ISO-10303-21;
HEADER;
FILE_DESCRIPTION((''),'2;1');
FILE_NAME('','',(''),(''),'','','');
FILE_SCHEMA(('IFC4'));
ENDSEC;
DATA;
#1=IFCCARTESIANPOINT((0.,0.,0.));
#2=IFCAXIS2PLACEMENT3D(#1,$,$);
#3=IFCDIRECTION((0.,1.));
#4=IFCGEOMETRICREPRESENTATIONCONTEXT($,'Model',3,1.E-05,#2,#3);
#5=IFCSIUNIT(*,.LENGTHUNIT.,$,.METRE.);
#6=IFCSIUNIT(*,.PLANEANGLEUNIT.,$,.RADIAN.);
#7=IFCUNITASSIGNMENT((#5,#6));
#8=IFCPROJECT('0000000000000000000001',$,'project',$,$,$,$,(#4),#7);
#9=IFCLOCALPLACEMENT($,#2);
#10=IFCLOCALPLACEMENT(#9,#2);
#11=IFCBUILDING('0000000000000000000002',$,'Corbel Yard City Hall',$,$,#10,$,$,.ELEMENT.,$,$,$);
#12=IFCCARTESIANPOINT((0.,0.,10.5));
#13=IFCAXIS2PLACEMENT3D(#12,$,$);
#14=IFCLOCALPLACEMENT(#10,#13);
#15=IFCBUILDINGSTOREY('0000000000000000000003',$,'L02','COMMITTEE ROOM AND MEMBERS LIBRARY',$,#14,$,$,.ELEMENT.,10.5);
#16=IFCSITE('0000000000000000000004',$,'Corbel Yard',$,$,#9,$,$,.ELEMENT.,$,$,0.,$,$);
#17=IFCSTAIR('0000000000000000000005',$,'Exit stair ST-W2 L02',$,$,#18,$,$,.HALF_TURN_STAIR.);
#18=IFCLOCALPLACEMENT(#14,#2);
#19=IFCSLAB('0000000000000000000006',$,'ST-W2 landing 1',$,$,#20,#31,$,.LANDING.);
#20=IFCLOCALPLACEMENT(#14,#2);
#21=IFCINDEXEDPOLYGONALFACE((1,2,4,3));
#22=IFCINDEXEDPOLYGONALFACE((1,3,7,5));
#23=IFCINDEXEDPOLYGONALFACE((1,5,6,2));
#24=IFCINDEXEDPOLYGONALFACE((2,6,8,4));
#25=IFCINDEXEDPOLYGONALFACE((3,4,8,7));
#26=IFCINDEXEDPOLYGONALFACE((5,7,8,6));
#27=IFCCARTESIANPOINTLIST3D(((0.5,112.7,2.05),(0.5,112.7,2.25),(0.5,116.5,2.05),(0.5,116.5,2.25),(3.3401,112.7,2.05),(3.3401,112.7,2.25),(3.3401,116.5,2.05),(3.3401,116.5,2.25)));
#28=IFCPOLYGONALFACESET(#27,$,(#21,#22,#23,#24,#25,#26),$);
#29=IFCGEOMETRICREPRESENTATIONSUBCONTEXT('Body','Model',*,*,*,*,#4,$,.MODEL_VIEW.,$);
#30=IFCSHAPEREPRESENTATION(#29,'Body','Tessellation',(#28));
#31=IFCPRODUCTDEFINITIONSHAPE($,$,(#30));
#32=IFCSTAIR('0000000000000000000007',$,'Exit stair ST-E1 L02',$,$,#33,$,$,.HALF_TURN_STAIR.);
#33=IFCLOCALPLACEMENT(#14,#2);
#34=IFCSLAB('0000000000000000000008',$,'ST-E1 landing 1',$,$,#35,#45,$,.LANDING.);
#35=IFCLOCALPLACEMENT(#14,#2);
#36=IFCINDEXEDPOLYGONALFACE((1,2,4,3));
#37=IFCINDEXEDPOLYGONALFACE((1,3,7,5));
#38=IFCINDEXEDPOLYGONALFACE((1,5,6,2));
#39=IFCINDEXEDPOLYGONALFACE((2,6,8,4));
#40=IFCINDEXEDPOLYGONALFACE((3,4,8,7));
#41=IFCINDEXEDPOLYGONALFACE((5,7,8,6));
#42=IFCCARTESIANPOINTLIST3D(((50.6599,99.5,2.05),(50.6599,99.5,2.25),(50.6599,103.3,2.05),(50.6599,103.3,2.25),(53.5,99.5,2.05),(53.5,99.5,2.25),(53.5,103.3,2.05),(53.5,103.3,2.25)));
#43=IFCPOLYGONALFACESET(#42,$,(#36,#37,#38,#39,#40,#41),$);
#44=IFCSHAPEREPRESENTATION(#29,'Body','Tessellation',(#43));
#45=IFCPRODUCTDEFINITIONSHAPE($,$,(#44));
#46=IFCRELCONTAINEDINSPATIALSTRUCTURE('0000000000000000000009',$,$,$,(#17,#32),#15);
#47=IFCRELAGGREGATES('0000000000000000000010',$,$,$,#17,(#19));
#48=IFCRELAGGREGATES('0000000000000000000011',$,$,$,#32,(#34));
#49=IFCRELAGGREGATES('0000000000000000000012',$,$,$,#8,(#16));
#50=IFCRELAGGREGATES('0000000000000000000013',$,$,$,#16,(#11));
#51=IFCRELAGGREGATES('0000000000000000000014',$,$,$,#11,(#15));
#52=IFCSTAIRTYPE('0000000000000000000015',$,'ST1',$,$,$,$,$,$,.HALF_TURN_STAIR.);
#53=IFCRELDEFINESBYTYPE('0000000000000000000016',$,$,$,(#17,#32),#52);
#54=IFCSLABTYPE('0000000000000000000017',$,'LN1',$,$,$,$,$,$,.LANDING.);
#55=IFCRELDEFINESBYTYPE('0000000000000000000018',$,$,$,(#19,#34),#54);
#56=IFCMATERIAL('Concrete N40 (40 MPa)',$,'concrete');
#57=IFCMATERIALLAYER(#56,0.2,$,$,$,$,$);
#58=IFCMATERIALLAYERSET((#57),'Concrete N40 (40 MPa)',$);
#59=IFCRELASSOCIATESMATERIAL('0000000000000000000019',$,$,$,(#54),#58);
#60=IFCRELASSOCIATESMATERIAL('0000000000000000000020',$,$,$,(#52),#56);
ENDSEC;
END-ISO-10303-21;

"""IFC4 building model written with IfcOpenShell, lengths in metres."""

from ifc_helpers import new_model, si_unit, direction, frame, origin, place, context, subcontext, project, spatial, polyline, outline, extrude, material, layer, layer_set, type_object, element, aggregate, save


model = new_model("IFC4")

# Units and contexts
model_context = context("Model", 3, precision=1e-05, world=origin(), true_north=direction((0.0, 1.0)))
body_context = subcontext(model_context, "Body", "Model", "MODEL_VIEW")
ifc_project = project(units=[si_unit("LENGTHUNIT", "METRE"), si_unit("PLANEANGLEUNIT", "RADIAN")], contexts=[model_context])

# Site, building, storey
site_placement = place(None, origin())
site = spatial("IfcSite", under=ifc_project, at=site_placement, Name="Corbel Yard", CompositionType="ELEMENT", RefElevation=0.0)
building_placement = place(site_placement, origin())
building = spatial("IfcBuilding", under=site, at=building_placement, Name="Corbel Yard City Hall", CompositionType="ELEMENT")
storey_placement = place(building_placement, frame((0.0, 0.0, 10.5)))
storey = spatial("IfcBuildingStorey", under=building, at=storey_placement, Name="L02", Description="COMMITTEE ROOM AND MEMBERS LIBRARY", CompositionType="ELEMENT", Elevation=10.5)

# Shared definitions
ifc_material_1 = material(Name="Concrete N40 (40 MPa)", Category="concrete")

# Stairs, slabs
ifc_layer_1 = layer(ifc_material_1, 0.2)
ifc_layer_set_1 = layer_set([ifc_layer_1], Name="Concrete N40 (40 MPa)")
slab_type_1 = type_object("IfcSlabType", Name="LN1", PredefinedType="LANDING", material=ifc_layer_set_1)
stair_type_1 = type_object("IfcStairType", Name="ST1", PredefinedType="HALF_TURN_STAIR", material=ifc_material_1)
stair_1_placement = place(storey_placement, origin())
stair_1 = element("IfcStair", 1, at=stair_1_placement, inside=storey, type_object=stair_type_1, Name="Exit stair ST-W2 L02", PredefinedType="HALF_TURN_STAIR")
slab_1_placement = place(storey_placement, frame((0.0, 0.0, 2.05)))
slab_1 = element("IfcSlab", 2, at=slab_1_placement, type_object=slab_type_1, Name="ST-W2 landing 1", PredefinedType="LANDING", context=body_context, shape_type="SweptSolid", body=[
    extrude(outline(polyline([(0.5, 112.7), (3.3401, 112.7), (3.3401, 116.5), (0.5, 116.5), (0.5, 112.7)])), origin(), (0.0, 0.0, 1.0), 0.2),
])
aggregate(stair_1, [slab_1])
stair_2_placement = place(storey_placement, origin())
stair_2 = element("IfcStair", 3, at=stair_2_placement, inside=storey, type_object=stair_type_1, Name="Exit stair ST-E1 L02", PredefinedType="HALF_TURN_STAIR")
slab_2_placement = place(storey_placement, frame((0.0, 0.0, 2.05)))
slab_2 = element("IfcSlab", 4, at=slab_2_placement, type_object=slab_type_1, Name="ST-E1 landing 1", PredefinedType="LANDING", context=body_context, shape_type="SweptSolid", body=[
    extrude(outline(polyline([(50.6599, 99.5), (53.5, 99.5), (53.5, 103.3), (50.6599, 103.3), (50.6599, 99.5)])), origin(), (0.0, 0.0, 1.0), 0.2),
])
aggregate(stair_2, [slab_2])

save(model, "model.ifc")
